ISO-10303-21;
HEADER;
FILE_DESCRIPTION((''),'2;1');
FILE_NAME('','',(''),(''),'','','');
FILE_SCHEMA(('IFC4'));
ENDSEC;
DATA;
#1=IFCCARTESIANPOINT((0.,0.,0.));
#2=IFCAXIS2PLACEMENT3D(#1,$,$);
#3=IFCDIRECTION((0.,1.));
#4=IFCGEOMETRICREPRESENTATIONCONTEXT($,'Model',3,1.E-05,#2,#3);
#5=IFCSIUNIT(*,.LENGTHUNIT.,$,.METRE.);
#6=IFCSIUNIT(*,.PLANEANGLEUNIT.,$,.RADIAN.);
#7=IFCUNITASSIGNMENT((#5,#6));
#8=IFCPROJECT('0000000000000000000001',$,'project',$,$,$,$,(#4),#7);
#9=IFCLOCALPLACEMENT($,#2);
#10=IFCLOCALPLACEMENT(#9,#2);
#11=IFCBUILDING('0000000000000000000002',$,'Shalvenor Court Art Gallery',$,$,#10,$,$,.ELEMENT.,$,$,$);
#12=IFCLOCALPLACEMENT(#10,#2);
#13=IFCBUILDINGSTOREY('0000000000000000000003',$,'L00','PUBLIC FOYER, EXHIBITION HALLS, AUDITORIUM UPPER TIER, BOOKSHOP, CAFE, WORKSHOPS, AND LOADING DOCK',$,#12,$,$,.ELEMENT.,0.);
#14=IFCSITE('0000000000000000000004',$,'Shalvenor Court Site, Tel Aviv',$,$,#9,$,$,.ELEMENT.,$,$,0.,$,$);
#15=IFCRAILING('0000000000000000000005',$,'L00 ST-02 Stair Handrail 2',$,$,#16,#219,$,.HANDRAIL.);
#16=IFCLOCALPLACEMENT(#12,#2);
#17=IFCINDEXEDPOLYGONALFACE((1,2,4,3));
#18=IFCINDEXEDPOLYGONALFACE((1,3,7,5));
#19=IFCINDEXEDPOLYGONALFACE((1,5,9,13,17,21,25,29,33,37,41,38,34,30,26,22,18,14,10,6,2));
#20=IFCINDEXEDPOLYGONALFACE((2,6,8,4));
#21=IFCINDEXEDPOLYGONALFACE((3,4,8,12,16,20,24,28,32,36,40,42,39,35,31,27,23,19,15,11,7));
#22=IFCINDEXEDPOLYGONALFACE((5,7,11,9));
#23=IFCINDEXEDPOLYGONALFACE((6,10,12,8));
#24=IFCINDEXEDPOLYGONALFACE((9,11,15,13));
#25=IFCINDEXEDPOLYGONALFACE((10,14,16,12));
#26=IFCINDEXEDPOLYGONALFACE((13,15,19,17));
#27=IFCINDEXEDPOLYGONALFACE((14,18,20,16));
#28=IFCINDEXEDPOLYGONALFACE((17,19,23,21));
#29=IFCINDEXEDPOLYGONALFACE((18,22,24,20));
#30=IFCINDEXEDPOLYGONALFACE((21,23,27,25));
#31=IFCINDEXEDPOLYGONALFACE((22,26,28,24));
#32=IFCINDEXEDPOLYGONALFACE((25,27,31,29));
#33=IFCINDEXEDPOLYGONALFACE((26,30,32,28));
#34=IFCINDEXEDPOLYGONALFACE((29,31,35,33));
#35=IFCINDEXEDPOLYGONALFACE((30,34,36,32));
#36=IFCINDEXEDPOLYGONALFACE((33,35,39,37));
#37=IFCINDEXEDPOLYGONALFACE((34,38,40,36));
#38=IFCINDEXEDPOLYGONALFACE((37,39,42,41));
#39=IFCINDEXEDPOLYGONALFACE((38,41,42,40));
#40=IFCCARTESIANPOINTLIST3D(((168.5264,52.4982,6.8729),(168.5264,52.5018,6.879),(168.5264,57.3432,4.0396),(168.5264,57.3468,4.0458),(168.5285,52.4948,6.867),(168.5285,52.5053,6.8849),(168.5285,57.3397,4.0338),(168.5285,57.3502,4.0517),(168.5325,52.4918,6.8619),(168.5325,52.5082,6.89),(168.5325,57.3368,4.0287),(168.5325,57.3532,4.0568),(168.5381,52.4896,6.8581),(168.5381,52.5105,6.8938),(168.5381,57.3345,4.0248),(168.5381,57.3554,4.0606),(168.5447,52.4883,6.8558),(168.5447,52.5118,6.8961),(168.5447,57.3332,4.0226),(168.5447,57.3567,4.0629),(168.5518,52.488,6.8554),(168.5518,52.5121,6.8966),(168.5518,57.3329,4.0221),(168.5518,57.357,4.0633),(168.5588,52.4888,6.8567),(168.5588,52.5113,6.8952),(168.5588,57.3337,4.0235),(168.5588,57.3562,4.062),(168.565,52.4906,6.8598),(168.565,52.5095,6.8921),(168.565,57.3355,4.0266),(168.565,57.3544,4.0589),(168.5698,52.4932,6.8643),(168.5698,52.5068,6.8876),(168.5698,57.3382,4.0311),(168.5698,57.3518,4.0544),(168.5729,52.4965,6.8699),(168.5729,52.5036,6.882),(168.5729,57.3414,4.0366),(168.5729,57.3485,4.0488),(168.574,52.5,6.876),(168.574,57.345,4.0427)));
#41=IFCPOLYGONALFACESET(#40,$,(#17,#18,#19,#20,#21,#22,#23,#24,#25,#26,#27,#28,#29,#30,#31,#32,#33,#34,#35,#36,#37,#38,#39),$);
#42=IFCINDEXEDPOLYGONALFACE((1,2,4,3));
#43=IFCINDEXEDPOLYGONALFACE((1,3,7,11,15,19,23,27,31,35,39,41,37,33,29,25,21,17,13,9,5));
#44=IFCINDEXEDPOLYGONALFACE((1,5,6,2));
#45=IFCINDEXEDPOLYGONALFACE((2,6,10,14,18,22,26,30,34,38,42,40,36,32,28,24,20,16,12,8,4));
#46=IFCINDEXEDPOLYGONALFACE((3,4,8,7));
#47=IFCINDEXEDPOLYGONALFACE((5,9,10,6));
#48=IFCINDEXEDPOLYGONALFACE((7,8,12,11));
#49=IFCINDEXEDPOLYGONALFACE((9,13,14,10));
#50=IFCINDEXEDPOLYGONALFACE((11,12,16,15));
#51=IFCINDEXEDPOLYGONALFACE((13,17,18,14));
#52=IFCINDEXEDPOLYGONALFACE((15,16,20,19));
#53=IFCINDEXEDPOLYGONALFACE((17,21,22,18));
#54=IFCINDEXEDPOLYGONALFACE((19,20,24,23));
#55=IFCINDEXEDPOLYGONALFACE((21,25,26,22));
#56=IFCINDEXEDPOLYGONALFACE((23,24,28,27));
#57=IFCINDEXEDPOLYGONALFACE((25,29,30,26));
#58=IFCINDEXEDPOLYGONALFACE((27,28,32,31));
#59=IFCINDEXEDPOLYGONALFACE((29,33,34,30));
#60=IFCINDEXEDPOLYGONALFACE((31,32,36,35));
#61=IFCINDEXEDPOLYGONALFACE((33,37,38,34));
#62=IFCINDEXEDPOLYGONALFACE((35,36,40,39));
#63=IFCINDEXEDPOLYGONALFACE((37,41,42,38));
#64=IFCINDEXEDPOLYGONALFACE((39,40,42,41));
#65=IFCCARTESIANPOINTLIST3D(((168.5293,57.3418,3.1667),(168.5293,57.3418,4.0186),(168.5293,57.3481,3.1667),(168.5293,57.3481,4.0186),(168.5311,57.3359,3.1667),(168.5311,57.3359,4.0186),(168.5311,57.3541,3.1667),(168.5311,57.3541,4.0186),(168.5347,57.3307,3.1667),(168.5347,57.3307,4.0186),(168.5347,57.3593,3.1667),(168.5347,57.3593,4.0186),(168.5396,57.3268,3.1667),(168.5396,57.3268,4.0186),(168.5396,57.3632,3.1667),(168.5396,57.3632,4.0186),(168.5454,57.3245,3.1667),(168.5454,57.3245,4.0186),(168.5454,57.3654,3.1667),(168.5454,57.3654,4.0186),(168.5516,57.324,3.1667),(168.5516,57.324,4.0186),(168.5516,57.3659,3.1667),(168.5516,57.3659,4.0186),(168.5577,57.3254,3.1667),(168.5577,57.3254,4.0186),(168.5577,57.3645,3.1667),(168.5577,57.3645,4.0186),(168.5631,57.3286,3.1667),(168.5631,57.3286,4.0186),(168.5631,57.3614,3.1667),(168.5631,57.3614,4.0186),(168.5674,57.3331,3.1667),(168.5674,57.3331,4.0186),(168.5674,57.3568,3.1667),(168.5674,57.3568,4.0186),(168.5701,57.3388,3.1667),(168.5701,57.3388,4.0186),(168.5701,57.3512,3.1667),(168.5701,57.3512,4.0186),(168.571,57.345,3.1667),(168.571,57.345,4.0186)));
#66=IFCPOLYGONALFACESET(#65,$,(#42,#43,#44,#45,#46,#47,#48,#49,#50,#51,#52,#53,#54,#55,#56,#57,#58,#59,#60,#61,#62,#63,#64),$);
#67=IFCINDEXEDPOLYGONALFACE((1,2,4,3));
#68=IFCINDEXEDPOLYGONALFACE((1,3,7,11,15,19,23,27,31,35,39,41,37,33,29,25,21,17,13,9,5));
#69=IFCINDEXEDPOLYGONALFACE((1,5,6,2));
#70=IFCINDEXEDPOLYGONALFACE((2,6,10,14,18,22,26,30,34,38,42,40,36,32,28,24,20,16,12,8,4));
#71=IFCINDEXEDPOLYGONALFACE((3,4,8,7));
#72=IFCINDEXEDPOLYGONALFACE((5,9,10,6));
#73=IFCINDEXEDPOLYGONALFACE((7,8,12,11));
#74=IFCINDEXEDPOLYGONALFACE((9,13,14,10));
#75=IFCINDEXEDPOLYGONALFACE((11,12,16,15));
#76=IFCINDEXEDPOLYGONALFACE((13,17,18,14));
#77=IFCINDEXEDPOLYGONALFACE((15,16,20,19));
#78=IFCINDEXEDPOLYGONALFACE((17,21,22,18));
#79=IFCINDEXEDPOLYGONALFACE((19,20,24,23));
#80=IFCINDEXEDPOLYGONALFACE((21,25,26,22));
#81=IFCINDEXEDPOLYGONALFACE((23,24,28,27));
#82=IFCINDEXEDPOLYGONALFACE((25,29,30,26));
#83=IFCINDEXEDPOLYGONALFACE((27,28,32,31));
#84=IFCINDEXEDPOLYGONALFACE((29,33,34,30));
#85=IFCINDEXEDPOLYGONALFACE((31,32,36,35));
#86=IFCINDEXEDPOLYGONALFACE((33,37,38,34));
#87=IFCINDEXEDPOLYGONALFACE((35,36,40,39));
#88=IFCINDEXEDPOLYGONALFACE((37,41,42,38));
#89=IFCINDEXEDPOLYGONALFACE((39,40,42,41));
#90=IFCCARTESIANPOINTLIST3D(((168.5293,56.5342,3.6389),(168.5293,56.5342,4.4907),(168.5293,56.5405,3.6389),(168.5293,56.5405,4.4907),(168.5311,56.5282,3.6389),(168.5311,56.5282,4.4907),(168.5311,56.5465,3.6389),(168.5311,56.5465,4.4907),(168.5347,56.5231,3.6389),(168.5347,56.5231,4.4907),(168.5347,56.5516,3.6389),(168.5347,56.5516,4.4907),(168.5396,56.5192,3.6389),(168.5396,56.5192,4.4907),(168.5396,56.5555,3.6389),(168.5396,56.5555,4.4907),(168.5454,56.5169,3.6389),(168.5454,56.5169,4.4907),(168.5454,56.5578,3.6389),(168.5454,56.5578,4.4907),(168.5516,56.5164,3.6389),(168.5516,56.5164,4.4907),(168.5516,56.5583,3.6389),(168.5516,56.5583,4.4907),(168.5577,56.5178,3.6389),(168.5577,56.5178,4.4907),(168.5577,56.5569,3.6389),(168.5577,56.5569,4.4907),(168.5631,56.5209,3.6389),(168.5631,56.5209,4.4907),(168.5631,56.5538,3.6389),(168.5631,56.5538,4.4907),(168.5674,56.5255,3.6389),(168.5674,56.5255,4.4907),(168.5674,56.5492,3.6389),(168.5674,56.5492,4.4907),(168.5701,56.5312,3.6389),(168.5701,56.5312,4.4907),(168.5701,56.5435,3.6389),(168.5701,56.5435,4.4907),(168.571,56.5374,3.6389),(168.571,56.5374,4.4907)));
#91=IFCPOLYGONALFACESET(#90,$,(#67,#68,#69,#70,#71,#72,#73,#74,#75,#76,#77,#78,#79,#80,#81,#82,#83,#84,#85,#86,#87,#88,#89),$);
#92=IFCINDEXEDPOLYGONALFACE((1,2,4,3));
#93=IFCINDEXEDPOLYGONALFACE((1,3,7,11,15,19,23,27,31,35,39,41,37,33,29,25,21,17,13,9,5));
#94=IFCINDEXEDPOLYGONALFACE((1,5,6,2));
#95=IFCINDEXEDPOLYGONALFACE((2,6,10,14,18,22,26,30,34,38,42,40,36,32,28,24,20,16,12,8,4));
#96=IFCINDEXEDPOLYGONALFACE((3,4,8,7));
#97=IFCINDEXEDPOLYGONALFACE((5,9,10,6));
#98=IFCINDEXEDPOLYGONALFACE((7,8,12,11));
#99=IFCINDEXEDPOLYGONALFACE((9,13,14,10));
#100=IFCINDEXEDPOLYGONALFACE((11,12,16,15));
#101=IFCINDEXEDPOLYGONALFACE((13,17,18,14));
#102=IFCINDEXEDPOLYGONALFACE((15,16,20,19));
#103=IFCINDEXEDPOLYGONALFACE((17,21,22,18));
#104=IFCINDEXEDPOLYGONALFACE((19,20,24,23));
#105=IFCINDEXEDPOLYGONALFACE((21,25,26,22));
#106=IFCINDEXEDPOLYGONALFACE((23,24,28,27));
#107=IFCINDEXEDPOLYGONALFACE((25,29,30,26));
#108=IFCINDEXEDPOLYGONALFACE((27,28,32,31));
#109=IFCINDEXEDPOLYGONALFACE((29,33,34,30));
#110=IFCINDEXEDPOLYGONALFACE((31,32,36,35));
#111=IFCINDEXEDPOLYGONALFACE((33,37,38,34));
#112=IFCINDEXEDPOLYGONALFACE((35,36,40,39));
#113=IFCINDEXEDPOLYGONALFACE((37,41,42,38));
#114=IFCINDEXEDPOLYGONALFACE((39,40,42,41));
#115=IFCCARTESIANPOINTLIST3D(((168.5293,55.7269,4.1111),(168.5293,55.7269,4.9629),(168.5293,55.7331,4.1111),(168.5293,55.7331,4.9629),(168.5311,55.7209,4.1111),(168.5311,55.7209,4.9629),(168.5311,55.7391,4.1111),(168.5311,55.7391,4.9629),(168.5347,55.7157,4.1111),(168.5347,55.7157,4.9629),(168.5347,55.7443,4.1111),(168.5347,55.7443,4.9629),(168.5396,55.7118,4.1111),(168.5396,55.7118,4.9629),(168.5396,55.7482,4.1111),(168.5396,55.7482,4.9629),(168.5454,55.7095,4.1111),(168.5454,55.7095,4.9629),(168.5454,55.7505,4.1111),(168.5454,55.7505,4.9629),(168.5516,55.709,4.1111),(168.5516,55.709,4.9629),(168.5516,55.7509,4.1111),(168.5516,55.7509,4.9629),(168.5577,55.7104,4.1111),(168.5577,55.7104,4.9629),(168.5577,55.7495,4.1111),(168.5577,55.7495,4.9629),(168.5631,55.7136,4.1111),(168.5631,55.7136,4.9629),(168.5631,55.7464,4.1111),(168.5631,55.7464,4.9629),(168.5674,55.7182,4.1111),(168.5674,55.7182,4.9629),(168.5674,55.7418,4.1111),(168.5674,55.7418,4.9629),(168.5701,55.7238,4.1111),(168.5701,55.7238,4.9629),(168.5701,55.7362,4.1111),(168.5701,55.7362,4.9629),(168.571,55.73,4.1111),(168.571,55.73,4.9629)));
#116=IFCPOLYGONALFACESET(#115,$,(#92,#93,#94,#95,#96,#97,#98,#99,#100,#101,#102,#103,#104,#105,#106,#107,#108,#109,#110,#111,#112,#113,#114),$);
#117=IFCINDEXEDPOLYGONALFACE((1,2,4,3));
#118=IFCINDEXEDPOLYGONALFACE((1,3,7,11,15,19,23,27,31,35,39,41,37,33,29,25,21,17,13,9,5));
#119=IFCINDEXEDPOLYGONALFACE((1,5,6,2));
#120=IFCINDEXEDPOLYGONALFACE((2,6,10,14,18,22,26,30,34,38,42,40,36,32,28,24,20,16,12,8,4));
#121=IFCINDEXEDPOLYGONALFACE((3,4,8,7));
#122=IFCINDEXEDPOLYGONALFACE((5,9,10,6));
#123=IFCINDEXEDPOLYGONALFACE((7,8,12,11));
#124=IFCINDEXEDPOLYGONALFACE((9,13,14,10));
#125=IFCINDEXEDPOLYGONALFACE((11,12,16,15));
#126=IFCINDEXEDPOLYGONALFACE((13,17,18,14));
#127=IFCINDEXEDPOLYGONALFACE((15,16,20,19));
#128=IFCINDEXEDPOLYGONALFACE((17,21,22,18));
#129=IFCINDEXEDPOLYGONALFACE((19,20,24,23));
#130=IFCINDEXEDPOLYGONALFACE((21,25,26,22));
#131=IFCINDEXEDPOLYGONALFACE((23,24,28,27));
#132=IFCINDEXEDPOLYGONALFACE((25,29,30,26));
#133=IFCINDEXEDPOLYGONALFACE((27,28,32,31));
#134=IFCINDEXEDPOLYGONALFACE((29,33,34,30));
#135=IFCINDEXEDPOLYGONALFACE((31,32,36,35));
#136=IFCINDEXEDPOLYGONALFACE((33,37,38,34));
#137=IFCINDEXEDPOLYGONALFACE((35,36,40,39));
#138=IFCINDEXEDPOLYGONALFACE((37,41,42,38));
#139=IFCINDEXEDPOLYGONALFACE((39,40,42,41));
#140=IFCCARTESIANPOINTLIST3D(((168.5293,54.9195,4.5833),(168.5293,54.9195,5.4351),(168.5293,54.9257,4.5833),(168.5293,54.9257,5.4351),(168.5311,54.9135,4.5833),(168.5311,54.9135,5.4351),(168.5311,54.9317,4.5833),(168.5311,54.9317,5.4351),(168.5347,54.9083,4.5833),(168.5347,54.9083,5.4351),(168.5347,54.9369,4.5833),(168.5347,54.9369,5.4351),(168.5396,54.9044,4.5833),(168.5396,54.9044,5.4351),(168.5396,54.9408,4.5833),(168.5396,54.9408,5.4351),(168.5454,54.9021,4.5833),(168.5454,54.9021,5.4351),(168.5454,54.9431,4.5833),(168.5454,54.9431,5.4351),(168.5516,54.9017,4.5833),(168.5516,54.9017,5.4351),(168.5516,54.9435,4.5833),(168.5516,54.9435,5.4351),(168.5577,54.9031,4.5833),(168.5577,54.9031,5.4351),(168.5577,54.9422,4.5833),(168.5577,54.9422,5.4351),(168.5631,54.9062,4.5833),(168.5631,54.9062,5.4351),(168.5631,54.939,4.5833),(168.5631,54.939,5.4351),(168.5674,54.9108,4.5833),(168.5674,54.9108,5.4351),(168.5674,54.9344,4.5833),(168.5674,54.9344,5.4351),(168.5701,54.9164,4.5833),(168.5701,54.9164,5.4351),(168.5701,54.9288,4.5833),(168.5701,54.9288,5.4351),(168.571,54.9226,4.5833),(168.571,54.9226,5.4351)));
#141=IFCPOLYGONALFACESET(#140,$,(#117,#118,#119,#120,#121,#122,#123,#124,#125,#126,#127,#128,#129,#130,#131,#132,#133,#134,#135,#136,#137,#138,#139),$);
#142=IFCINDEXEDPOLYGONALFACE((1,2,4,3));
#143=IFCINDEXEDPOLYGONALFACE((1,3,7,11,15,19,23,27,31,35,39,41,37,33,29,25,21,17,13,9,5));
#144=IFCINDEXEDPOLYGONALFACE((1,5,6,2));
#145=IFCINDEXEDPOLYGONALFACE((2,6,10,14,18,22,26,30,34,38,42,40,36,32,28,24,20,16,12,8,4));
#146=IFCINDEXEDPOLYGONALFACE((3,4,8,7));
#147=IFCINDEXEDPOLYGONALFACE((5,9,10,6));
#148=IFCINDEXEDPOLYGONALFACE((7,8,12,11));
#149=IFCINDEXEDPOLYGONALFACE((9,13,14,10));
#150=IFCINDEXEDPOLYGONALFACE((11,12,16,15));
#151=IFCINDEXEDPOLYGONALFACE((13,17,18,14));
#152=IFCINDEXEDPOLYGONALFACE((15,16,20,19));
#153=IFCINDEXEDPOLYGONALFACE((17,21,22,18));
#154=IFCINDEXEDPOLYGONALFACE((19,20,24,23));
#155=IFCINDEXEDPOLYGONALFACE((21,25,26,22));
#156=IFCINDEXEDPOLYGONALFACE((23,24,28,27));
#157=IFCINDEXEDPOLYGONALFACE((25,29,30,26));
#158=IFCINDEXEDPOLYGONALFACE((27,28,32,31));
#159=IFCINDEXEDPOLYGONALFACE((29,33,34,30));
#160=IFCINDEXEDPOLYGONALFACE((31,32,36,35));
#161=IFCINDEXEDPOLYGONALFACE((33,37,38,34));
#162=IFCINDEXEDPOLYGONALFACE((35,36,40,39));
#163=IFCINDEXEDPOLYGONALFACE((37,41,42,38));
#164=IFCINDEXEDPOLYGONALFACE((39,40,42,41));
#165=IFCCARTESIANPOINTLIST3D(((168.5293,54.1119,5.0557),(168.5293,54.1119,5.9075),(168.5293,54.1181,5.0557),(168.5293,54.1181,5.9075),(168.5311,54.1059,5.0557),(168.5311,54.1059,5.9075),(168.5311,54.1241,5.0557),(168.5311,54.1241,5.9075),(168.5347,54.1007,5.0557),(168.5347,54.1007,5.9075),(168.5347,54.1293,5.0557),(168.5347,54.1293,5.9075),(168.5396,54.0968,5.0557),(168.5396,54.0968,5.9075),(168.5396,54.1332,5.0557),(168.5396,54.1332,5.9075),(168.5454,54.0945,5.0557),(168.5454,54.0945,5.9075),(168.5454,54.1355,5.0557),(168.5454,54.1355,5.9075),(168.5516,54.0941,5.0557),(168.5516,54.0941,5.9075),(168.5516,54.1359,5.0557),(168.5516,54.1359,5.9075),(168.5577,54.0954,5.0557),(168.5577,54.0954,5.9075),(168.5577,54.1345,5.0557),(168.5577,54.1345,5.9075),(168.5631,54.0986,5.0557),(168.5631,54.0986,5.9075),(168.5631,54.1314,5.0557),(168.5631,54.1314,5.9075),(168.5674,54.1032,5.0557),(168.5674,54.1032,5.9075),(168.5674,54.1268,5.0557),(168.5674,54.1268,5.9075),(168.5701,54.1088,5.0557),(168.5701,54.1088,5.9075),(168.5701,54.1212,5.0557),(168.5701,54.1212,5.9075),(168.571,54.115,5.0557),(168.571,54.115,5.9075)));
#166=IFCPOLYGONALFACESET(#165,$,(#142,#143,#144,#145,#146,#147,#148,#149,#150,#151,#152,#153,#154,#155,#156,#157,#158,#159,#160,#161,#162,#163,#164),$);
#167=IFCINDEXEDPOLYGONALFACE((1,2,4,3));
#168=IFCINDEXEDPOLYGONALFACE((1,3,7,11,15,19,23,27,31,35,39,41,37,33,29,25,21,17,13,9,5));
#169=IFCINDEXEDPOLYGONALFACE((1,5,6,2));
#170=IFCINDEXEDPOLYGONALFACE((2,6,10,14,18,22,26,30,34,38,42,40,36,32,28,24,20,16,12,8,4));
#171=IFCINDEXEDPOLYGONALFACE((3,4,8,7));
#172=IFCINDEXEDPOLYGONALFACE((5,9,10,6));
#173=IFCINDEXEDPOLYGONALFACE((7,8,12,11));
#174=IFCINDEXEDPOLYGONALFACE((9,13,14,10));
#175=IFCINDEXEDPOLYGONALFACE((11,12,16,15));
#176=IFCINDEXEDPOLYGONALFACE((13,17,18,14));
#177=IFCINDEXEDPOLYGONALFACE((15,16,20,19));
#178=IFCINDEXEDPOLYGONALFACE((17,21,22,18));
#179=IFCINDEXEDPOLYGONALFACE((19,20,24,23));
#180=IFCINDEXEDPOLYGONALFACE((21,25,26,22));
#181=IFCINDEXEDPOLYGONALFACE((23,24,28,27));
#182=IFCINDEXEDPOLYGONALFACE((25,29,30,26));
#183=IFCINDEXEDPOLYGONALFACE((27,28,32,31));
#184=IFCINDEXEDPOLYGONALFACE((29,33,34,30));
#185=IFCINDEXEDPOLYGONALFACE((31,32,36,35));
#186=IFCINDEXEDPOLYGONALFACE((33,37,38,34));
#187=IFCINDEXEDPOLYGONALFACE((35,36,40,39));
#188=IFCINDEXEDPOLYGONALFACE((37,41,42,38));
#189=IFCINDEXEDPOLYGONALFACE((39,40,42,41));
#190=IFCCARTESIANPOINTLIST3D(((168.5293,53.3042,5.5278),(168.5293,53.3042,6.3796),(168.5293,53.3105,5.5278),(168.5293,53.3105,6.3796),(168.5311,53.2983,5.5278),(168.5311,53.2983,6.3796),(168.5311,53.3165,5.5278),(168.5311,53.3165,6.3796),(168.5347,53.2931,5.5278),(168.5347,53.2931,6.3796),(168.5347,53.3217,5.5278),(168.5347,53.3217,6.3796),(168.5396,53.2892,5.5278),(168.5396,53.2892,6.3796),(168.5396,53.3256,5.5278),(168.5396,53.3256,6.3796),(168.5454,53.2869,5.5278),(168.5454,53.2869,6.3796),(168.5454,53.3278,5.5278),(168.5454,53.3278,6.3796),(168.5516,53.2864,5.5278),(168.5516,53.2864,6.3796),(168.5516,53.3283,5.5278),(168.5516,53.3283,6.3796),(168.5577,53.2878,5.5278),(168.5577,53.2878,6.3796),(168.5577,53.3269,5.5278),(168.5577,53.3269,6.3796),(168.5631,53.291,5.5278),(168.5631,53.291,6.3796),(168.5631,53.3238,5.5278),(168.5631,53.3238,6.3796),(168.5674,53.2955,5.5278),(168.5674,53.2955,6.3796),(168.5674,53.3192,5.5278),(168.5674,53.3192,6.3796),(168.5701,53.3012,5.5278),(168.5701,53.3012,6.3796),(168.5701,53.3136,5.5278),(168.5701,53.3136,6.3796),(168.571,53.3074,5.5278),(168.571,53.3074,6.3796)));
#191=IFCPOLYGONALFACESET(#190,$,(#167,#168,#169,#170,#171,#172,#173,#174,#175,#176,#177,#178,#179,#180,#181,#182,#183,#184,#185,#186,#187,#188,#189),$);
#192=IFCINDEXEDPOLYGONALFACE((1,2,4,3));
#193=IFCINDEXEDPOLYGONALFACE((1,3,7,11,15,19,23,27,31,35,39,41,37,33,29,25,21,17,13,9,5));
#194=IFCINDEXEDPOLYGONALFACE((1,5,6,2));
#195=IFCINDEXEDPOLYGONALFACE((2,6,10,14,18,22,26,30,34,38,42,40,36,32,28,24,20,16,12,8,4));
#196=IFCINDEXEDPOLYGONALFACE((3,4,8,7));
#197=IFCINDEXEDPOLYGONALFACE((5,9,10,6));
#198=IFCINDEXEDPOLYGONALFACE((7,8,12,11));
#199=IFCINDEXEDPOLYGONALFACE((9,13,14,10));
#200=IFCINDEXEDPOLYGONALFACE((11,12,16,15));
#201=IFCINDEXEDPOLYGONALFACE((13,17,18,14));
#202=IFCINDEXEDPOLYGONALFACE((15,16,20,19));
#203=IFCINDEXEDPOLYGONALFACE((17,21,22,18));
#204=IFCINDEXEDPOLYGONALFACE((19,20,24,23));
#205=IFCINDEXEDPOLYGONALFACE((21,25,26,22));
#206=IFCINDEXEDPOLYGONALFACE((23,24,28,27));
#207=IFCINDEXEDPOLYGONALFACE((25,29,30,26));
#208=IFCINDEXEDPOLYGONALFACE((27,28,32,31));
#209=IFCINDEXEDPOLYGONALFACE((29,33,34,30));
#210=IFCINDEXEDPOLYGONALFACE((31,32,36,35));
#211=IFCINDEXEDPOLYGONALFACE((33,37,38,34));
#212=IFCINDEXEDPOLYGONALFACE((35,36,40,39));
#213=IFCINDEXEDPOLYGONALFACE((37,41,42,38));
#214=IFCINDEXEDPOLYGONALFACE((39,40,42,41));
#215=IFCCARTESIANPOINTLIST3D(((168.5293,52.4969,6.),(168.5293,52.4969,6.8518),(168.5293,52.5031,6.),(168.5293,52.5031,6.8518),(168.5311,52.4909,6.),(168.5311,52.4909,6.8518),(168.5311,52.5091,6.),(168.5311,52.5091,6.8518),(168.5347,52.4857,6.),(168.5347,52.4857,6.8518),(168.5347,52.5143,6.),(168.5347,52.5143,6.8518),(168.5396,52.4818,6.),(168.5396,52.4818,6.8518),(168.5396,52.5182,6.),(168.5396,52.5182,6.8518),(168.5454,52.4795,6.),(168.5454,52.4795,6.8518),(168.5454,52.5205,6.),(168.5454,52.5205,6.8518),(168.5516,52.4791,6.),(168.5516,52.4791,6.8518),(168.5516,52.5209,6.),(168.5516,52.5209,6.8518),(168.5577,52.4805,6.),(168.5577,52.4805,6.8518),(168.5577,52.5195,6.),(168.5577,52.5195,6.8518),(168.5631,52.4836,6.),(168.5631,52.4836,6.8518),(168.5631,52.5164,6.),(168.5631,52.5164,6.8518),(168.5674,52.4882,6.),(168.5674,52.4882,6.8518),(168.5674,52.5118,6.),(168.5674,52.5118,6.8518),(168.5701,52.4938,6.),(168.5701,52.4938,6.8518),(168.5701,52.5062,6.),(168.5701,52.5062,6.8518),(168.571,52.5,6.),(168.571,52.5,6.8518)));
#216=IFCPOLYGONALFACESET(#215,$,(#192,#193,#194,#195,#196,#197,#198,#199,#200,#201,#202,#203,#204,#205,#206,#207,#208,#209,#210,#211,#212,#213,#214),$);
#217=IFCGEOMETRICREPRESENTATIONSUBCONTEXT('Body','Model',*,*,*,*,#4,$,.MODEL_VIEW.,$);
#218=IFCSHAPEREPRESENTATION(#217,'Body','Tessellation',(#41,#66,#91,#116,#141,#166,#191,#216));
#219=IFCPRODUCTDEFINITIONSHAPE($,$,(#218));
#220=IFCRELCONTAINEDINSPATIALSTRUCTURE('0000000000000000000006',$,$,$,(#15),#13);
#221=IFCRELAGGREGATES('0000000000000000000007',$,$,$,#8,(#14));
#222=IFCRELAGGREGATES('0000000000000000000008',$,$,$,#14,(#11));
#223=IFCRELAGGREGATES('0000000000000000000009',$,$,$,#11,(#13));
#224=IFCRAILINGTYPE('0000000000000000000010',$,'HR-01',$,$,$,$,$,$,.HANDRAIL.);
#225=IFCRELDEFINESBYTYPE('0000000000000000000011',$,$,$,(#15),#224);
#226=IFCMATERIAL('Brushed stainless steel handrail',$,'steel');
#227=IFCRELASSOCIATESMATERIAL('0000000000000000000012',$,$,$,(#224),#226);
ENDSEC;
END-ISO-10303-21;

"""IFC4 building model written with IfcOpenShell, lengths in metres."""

from ifc_helpers import new_model, si_unit, direction, frame, origin, origin_2d, place, context, subcontext, project, spatial, circle, extrude, material, type_object, element, save


model = new_model("IFC4")

# Units and contexts
model_context = context("Model", 3, precision=1e-05, world=origin(), true_north=direction((0.0, 1.0)))
body_context = subcontext(model_context, "Body", "Model", "MODEL_VIEW")
ifc_project = project(units=[si_unit("LENGTHUNIT", "METRE"), si_unit("PLANEANGLEUNIT", "RADIAN")], contexts=[model_context])

# Site, building, storey
site_placement = place(None, origin())
site = spatial("IfcSite", under=ifc_project, at=site_placement, Name="Shalvenor Court Site, Tel Aviv", CompositionType="ELEMENT", RefElevation=0.0)
building_placement = place(site_placement, origin())
building = spatial("IfcBuilding", under=site, at=building_placement, Name="Shalvenor Court Art Gallery", CompositionType="ELEMENT")
storey_placement = place(building_placement, origin())
storey = spatial("IfcBuildingStorey", under=building, at=storey_placement, Name="L00", Description="PUBLIC FOYER, EXHIBITION HALLS, AUDITORIUM UPPER TIER, BOOKSHOP, CAFE, WORKSHOPS, AND LOADING DOCK", CompositionType="ELEMENT", Elevation=0.0)

# Railing
ifc_material_1 = material(Name="Brushed stainless steel handrail", Category="steel")
railing_type_1 = type_object("IfcRailingType", Name="HR-01", PredefinedType="HANDRAIL", material=ifc_material_1)
railing_1_placement = place(storey_placement, frame((168.55, 57.345, 3.1667)))
element("IfcRailing", 1, at=railing_1_placement, inside=storey, type_object=railing_type_1, Name="L00 ST-02 Stair Handrail 2", PredefinedType="HANDRAIL", context=body_context, shape_type="SweptSolid", body=[
    extrude(circle(Radius=0.0239, at=origin_2d()), frame((0.0, 0.0, 0.876), z_axis=(0.0, -0.863234, 0.504804), x_axis=(1.0, 0.0, 0.0)), (0.0, 0.0, 1.0), 5.6125),
    extrude(circle(Radius=0.021, at=origin_2d()), origin(), (0.0, 0.0, 1.0), 0.8518),
    extrude(circle(Radius=0.021, at=origin_2d()), frame((0.0, -0.8076, 0.4722)), (0.0, 0.0, 1.0), 0.8518),
    extrude(circle(Radius=0.021, at=origin_2d()), frame((0.0, -1.615, 0.9443)), (0.0, 0.0, 1.0), 0.8518),
    extrude(circle(Radius=0.021, at=origin_2d()), frame((0.0, -2.4224, 1.4165)), (0.0, 0.0, 1.0), 0.8518),
    extrude(circle(Radius=0.021, at=origin_2d()), frame((0.0, -3.23, 1.8889)), (0.0, 0.0, 1.0), 0.8518),
    extrude(circle(Radius=0.021, at=origin_2d()), frame((0.0, -4.0376, 2.3611)), (0.0, 0.0, 1.0), 0.8518),
    extrude(circle(Radius=0.021, at=origin_2d()), frame((0.0, -4.845, 2.8333)), (0.0, 0.0, 1.0), 0.8518),
])

save(model, "model.ifc")
